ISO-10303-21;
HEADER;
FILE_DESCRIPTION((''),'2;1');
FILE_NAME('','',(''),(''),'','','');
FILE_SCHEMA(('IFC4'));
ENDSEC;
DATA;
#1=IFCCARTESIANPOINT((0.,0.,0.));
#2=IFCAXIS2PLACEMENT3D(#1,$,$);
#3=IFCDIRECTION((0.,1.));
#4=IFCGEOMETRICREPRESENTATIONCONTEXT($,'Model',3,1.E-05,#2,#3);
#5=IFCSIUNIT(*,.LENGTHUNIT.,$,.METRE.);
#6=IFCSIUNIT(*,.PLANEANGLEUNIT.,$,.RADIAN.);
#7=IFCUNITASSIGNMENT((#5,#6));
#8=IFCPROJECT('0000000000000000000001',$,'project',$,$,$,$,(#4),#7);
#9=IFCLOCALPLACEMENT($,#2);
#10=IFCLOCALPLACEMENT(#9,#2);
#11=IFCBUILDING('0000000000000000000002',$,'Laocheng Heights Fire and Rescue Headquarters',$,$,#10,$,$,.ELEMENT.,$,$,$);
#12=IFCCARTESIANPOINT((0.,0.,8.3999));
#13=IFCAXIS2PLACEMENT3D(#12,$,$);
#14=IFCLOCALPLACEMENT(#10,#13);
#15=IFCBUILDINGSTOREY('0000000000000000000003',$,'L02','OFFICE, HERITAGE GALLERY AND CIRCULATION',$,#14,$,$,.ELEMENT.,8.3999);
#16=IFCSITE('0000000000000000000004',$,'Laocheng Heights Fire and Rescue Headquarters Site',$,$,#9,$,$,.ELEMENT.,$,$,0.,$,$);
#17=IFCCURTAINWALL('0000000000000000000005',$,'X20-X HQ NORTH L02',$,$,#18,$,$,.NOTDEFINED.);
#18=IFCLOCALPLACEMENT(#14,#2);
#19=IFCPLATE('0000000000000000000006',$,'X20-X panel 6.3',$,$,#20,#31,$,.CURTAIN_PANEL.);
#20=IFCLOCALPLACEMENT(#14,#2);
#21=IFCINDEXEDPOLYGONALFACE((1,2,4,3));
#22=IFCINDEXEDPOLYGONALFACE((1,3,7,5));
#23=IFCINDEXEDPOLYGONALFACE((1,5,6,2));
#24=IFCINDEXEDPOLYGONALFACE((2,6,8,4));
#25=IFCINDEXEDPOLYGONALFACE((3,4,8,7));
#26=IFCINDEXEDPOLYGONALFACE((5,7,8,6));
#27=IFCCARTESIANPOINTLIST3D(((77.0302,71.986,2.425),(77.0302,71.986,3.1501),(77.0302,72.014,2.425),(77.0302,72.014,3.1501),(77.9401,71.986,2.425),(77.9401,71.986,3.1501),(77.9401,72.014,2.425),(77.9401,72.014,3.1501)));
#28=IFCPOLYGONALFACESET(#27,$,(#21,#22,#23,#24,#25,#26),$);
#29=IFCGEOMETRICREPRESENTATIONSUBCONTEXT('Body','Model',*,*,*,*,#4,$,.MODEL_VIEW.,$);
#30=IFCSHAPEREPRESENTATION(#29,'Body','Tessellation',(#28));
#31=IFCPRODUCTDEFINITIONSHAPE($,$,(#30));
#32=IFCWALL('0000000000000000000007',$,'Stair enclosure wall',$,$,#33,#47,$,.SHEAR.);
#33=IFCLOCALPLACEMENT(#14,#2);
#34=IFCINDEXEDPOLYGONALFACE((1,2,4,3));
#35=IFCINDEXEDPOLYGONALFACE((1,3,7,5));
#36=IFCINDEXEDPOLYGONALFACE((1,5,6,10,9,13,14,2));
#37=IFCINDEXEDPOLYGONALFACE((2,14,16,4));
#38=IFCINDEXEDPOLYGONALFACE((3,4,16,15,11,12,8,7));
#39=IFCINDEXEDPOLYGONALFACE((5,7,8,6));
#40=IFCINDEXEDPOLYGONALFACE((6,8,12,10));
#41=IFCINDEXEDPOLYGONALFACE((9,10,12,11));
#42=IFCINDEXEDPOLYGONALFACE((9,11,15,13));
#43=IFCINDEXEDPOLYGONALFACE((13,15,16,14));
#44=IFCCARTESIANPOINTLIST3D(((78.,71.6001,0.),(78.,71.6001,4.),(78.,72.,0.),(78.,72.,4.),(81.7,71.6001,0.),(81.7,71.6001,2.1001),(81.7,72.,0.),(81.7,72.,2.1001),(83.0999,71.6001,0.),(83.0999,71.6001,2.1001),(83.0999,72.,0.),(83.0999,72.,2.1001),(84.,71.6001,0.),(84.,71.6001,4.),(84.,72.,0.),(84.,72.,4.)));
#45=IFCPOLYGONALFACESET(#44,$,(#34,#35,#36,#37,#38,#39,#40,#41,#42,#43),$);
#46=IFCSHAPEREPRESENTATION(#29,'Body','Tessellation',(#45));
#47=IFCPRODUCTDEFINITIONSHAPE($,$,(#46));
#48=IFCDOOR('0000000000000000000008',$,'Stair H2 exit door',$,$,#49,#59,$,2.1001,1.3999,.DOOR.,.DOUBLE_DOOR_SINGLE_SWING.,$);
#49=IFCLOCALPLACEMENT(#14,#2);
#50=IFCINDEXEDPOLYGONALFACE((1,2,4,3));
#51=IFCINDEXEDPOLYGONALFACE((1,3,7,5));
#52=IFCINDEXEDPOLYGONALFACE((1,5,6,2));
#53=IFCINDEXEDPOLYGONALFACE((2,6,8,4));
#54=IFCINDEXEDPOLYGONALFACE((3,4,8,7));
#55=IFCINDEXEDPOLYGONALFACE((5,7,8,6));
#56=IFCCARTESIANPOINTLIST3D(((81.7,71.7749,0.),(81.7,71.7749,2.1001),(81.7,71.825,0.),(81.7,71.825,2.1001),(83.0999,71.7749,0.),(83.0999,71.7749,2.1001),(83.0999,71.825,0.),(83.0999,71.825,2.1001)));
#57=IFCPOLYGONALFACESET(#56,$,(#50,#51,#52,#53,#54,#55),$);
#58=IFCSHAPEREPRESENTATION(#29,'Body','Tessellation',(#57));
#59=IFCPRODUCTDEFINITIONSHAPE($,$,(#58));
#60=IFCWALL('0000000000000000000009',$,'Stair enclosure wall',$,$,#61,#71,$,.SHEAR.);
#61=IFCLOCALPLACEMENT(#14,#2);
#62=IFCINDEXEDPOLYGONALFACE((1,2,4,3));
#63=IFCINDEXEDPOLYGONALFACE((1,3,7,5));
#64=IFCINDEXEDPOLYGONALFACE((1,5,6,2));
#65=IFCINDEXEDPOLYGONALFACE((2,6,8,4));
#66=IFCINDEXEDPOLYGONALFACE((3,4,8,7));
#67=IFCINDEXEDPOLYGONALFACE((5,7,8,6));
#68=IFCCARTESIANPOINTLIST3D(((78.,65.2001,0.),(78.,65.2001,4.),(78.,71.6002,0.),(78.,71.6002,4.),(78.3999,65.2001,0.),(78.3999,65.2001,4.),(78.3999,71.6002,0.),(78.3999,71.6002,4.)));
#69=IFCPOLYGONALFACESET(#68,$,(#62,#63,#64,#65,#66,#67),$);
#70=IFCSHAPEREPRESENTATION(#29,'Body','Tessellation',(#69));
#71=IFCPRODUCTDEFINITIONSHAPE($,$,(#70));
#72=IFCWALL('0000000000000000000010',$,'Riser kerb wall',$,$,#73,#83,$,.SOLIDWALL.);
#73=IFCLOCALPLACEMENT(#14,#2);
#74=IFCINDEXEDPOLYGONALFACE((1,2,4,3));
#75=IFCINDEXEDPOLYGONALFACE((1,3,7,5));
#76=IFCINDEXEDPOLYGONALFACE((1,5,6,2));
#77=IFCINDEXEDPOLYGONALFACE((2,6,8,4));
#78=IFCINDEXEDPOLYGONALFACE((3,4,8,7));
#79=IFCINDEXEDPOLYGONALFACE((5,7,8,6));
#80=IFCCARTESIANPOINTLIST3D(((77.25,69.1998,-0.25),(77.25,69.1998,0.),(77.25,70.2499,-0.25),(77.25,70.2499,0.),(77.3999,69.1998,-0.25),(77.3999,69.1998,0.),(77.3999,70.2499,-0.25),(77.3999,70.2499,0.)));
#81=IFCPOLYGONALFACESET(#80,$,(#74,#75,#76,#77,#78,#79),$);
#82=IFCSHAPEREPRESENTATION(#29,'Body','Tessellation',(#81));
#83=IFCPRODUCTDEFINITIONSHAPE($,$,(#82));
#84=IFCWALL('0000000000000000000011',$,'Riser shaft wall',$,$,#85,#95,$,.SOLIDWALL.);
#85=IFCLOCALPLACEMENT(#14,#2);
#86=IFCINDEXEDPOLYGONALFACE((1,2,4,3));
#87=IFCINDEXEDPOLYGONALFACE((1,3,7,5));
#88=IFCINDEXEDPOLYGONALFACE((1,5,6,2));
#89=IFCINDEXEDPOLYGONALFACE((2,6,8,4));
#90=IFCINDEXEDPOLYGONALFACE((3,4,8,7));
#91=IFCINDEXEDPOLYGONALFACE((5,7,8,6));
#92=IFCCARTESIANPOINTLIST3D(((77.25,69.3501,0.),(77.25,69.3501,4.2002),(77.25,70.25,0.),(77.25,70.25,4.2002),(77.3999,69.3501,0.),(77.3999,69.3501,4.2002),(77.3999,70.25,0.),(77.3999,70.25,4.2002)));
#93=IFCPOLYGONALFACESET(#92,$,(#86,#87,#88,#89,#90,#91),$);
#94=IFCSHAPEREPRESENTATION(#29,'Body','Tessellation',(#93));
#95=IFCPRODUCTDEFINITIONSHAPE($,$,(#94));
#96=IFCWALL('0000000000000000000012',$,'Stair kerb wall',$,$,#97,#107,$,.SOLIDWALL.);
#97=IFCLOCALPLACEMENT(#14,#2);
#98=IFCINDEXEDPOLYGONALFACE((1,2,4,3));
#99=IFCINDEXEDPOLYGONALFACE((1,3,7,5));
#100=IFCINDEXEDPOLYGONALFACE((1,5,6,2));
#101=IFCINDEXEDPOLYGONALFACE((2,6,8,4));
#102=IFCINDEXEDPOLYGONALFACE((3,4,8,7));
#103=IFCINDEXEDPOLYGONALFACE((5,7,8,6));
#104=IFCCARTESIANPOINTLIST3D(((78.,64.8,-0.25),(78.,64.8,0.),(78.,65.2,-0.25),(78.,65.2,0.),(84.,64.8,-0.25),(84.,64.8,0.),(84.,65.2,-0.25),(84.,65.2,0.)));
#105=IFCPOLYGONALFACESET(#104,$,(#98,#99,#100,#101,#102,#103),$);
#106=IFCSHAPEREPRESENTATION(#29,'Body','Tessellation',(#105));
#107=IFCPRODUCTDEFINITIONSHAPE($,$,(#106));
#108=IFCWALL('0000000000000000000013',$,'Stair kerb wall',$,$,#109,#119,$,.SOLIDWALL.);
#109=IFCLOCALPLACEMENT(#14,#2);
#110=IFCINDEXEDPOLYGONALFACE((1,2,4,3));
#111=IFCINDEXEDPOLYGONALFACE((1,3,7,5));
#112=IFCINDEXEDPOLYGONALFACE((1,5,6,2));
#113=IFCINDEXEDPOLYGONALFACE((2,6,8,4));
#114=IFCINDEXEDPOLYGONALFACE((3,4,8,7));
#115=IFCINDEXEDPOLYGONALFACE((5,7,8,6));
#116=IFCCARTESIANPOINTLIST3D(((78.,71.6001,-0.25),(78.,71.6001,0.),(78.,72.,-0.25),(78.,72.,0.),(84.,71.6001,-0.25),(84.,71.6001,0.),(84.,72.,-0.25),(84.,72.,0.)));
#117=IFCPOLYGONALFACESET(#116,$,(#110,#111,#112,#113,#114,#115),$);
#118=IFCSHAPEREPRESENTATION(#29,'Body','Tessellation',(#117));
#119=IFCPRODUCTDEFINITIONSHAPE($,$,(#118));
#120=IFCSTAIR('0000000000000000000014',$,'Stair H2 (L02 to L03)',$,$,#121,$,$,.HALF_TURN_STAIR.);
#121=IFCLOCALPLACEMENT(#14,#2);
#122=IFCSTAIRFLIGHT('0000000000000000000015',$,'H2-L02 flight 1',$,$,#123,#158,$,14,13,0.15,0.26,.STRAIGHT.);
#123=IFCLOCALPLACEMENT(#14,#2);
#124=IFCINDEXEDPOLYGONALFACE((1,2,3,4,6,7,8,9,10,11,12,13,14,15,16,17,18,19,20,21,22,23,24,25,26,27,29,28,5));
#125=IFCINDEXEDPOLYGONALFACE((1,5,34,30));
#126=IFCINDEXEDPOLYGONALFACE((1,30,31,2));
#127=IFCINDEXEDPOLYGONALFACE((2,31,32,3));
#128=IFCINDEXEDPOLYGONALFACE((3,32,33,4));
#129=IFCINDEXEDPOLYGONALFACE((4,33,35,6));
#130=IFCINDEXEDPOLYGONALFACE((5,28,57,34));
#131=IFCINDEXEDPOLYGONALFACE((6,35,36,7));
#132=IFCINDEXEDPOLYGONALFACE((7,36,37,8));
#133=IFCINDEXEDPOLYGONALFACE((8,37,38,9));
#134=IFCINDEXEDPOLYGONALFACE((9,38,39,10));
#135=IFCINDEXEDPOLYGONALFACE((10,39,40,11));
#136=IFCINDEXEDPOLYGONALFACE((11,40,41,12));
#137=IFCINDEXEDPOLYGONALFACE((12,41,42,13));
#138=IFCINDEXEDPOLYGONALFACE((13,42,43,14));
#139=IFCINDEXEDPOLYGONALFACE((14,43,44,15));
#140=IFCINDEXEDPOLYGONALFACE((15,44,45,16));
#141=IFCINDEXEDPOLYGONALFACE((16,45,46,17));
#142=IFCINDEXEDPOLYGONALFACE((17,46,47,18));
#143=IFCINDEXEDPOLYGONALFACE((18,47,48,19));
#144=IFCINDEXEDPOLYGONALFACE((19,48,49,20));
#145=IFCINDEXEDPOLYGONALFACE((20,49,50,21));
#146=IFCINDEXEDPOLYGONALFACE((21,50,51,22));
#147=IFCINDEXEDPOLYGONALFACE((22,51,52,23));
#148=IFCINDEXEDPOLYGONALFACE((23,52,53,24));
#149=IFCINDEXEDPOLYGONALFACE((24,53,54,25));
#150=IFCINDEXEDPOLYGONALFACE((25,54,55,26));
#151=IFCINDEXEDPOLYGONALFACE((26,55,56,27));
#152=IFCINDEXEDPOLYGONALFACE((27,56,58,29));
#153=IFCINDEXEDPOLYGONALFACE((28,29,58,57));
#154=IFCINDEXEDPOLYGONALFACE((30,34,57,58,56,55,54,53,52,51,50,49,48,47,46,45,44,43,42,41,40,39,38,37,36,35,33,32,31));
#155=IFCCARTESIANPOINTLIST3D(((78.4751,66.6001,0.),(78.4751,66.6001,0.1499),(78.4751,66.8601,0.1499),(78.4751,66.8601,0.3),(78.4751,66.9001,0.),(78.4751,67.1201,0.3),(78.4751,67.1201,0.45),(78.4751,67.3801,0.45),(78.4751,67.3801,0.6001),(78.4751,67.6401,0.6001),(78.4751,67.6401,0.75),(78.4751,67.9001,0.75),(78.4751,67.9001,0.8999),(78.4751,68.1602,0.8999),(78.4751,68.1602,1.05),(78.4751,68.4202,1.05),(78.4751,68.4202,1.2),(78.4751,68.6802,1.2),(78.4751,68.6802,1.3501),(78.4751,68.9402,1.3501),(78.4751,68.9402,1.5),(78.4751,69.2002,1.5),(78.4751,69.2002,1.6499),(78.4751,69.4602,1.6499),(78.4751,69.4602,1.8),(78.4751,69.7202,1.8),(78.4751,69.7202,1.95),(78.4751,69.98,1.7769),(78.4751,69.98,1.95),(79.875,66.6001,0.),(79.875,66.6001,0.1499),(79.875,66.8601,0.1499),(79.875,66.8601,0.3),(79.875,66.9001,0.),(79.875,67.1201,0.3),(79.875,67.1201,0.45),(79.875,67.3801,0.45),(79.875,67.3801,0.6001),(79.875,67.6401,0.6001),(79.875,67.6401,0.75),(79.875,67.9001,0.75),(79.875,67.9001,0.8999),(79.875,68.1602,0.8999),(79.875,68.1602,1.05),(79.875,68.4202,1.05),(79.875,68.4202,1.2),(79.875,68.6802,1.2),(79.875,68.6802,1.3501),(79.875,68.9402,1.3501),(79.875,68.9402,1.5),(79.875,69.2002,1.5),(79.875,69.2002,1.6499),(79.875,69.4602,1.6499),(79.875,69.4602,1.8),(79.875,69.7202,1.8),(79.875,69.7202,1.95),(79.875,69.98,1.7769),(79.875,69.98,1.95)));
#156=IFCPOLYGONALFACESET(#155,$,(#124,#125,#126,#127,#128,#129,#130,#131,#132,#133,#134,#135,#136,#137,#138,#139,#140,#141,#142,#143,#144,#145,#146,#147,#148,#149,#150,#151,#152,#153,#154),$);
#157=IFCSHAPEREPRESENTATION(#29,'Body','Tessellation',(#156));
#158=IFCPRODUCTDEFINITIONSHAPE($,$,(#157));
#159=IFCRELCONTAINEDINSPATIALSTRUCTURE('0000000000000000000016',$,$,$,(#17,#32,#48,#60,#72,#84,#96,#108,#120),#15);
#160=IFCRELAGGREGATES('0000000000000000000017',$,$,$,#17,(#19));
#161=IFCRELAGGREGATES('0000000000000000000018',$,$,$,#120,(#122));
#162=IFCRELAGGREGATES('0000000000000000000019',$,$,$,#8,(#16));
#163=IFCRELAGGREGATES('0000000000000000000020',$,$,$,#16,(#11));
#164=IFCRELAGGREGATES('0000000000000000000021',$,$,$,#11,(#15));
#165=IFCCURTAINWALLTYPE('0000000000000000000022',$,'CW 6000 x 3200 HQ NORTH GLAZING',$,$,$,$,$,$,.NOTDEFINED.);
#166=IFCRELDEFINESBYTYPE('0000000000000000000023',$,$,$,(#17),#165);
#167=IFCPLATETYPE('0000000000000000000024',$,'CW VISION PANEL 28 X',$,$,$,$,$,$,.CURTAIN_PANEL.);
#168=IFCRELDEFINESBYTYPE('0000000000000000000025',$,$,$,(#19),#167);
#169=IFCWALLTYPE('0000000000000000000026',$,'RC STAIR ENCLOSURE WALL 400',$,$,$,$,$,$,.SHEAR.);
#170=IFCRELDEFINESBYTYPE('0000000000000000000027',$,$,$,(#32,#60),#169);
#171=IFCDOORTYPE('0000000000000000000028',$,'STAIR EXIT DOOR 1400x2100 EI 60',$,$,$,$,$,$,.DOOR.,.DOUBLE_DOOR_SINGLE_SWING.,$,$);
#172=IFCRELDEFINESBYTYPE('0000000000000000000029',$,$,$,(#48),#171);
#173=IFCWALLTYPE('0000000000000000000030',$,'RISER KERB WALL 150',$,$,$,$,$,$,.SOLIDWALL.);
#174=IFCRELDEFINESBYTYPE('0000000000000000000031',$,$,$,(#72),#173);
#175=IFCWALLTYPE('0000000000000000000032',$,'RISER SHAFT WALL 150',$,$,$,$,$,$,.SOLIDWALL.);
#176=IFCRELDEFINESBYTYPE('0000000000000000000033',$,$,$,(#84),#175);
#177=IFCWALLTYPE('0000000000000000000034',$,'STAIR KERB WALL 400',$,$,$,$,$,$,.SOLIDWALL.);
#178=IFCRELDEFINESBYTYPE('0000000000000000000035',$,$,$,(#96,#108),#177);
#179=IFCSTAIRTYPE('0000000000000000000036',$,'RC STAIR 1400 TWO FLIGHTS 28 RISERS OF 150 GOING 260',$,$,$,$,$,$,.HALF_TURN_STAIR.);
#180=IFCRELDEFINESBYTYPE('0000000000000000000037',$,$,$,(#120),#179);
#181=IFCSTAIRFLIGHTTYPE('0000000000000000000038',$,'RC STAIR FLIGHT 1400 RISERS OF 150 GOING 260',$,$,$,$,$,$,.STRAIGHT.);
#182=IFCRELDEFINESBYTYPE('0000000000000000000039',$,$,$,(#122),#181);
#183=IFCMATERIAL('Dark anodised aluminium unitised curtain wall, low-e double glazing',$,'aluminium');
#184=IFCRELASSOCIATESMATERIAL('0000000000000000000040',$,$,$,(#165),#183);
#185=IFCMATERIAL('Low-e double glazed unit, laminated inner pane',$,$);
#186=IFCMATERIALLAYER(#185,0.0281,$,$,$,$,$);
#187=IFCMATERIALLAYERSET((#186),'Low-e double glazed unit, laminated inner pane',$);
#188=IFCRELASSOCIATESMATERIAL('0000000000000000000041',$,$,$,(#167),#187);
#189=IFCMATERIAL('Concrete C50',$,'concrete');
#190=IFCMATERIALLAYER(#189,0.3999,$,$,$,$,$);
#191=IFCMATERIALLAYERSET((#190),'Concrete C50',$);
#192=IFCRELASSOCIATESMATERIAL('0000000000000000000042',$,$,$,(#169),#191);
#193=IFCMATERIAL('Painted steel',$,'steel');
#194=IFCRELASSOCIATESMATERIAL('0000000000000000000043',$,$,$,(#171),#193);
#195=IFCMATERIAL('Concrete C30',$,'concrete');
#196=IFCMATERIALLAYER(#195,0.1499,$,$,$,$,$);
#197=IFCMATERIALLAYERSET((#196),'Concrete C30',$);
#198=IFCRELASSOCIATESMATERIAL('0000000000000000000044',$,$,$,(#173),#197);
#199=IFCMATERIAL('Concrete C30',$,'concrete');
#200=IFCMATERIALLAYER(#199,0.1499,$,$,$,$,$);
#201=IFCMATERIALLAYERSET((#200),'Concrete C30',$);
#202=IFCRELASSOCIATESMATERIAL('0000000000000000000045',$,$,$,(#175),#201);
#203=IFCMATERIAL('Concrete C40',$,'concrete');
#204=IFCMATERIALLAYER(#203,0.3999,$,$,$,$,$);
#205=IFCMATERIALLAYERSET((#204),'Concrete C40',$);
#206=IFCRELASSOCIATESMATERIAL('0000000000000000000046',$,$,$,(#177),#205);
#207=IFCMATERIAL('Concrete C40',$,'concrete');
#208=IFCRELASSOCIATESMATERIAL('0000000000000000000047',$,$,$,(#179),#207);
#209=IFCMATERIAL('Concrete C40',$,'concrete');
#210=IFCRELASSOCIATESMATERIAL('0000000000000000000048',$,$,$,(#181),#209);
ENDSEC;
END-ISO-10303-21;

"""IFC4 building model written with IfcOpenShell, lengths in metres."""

from ifc_helpers import new_model, si_unit, direction, frame, frame_2d, origin, origin_2d, place, context, subcontext, project, spatial, polyline, rectangle, outline, extrude, material, layer, layer_set, type_object, element, fill, aggregate, save


model = new_model("IFC4")

# Units and contexts
model_context = context("Model", 3, precision=1e-05, world=origin(), true_north=direction((0.0, 1.0)))
body_context = subcontext(model_context, "Body", "Model", "MODEL_VIEW")
ifc_project = project(units=[si_unit("LENGTHUNIT", "METRE"), si_unit("PLANEANGLEUNIT", "RADIAN")], contexts=[model_context])

# Site, building, storey
site_placement = place(None, origin())
site = spatial("IfcSite", under=ifc_project, at=site_placement, Name="Laocheng Heights Fire and Rescue Headquarters Site", CompositionType="ELEMENT", RefElevation=0.0)
building_placement = place(site_placement, origin())
building = spatial("IfcBuilding", under=site, at=building_placement, Name="Laocheng Heights Fire and Rescue Headquarters", CompositionType="ELEMENT")
storey_placement = place(building_placement, frame((0.0, 0.0, 8.3999)))
storey = spatial("IfcBuildingStorey", under=building, at=storey_placement, Name="L02", Description="OFFICE, HERITAGE GALLERY AND CIRCULATION", CompositionType="ELEMENT", Elevation=8.3999)

# Curtain wall, plate
ifc_material_1 = material(Name="Dark anodised aluminium unitised curtain wall, low-e double glazing", Category="aluminium")
curtain_wall_type = type_object("IfcCurtainWallType", Name="CW 6000 x 3200 HQ NORTH GLAZING", PredefinedType="NOTDEFINED", material=ifc_material_1)
curtain_wall_placement = place(storey_placement, origin())
curtain_wall = element("IfcCurtainWall", 1, at=curtain_wall_placement, inside=storey, type_object=curtain_wall_type, Name="X20-X HQ NORTH L02", PredefinedType="NOTDEFINED")
ifc_material_2 = material(Name="Low-e double glazed unit, laminated inner pane")
ifc_layer_1 = layer(ifc_material_2, 0.0281)
ifc_layer_set_1 = layer_set([ifc_layer_1], Name="Low-e double glazed unit, laminated inner pane")
plate_type_1 = type_object("IfcPlateType", Name="CW VISION PANEL 28 X", PredefinedType="CURTAIN_PANEL", material=ifc_layer_set_1)
plate_1_placement = place(storey_placement, frame((77.4851, 72.0, 2.425), z_axis=(0.0, 0.0, 1.0), x_axis=(1.0, 0.0, 0.0)))
plate_1 = element("IfcPlate", 2, at=plate_1_placement, type_object=plate_type_1, Name="X20-X panel 6.3", PredefinedType="CURTAIN_PANEL", context=body_context, shape_type="SweptSolid", body=[
    extrude(rectangle(XDim=0.9099, YDim=0.0281, at=origin_2d()), origin(), (0.0, 0.0, 1.0), 0.7251),
])
aggregate(curtain_wall, [plate_1])

# Wall, opening, door
ifc_material_3 = material(Name="Concrete C50", Category="concrete")
ifc_layer_2 = layer(ifc_material_3, 0.3999)
ifc_layer_set_2 = layer_set([ifc_layer_2], Name="Concrete C50")
wall_type_1 = type_object("IfcWallType", Name="RC STAIR ENCLOSURE WALL 400", PredefinedType="SHEAR", material=ifc_layer_set_2)
wall_1_placement = place(storey_placement, frame((78.0, 71.8, 0.0), z_axis=(0.0, 0.0, 1.0), x_axis=(1.0, 0.0, 0.0)))
wall_1 = element("IfcWall", 3, at=wall_1_placement, inside=storey, type_object=wall_type_1, Name="Stair enclosure wall", PredefinedType="SHEAR", context=body_context, shape_type="SweptSolid", body=[
    extrude(rectangle(XDim=6.0, YDim=0.3999, at=frame_2d((3.0, 0.0))), origin(), (0.0, 0.0, 1.0), 4.0),
])
opening_placement = place(wall_1_placement, frame((3.7, 0.0, 0.0)))
opening = element("IfcOpeningElement", 4, at=opening_placement, cuts=wall_1, PredefinedType="OPENING", context=body_context, shape_type="SweptSolid", body=[
    extrude(rectangle(XDim=1.3999, YDim=2.1001, at=frame_2d((0.7, 1.05))), frame((0.0, 0.21, 0.0), z_axis=(0.0, -1.0, 0.0), x_axis=(1.0, 0.0, 0.0)), (0.0, 0.0, 1.0), 0.4199),
])
ifc_material_4 = material(Name="Painted steel", Category="steel")
door_type = type_object("IfcDoorType", Name="STAIR EXIT DOOR 1400x2100 EI 60", OperationType="DOUBLE_DOOR_SINGLE_SWING", PredefinedType="DOOR", material=ifc_material_4)
door_placement = place(opening_placement, origin())
door = element("IfcDoor", 5, at=door_placement, inside=storey, type_object=door_type, Name="Stair H2 exit door", OperationType="DOUBLE_DOOR_SINGLE_SWING", OverallHeight=2.1001, OverallWidth=1.3999, PredefinedType="DOOR", context=body_context, shape_type="SweptSolid", body=[
    extrude(rectangle(XDim=1.3999, YDim=2.1001, at=frame_2d((0.7, 1.05))), frame((0.0, 0.0249, 0.0), z_axis=(0.0, -1.0, 0.0), x_axis=(1.0, 0.0, 0.0)), (0.0, 0.0, 1.0), 0.05),
])
fill(opening, door)

# Walls
wall_2_placement = place(storey_placement, frame((78.2, 65.2, 0.0), z_axis=(0.0, 0.0, 1.0), x_axis=(0.0, 1.0, 0.0)))
element("IfcWall", 6, at=wall_2_placement, inside=storey, type_object=wall_type_1, Name="Stair enclosure wall", PredefinedType="SHEAR", context=body_context, shape_type="SweptSolid", body=[
    extrude(rectangle(XDim=6.4001, YDim=0.3999, at=frame_2d((3.2002, 0.0))), origin(), (0.0, 0.0, 1.0), 4.0),
])
ifc_material_5 = material(Name="Concrete C30", Category="concrete")
ifc_layer_3 = layer(ifc_material_5, 0.1499)
ifc_layer_set_3 = layer_set([ifc_layer_3], Name="Concrete C30")
wall_type_2 = type_object("IfcWallType", Name="RISER KERB WALL 150", PredefinedType="SOLIDWALL", material=ifc_layer_set_3)
wall_3_placement = place(storey_placement, frame((77.325, 69.2, -0.25), z_axis=(0.0, 0.0, 1.0), x_axis=(0.0, 1.0, 0.0)))
element("IfcWall", 7, at=wall_3_placement, inside=storey, type_object=wall_type_2, Name="Riser kerb wall", PredefinedType="SOLIDWALL", context=body_context, shape_type="SweptSolid", body=[
    extrude(rectangle(XDim=1.05, YDim=0.1499, at=frame_2d((0.5249, 0.0))), origin(), (0.0, 0.0, 1.0), 0.25),
])
ifc_material_6 = material(Name="Concrete C30", Category="concrete")
ifc_layer_4 = layer(ifc_material_6, 0.1499)
ifc_layer_set_4 = layer_set([ifc_layer_4], Name="Concrete C30")
wall_type_3 = type_object("IfcWallType", Name="RISER SHAFT WALL 150", PredefinedType="SOLIDWALL", material=ifc_layer_set_4)
wall_4_placement = place(storey_placement, frame((77.325, 69.3501, 0.0), z_axis=(0.0, 0.0, 1.0), x_axis=(0.0, 1.0, 0.0)))
element("IfcWall", 8, at=wall_4_placement, inside=storey, type_object=wall_type_3, Name="Riser shaft wall", PredefinedType="SOLIDWALL", context=body_context, shape_type="SweptSolid", body=[
    extrude(rectangle(XDim=0.8999, YDim=0.1499, at=frame_2d((0.45, 0.0))), origin(), (0.0, 0.0, 1.0), 4.2002),
])
ifc_material_7 = material(Name="Concrete C40", Category="concrete")
ifc_layer_5 = layer(ifc_material_7, 0.3999)
ifc_layer_set_5 = layer_set([ifc_layer_5], Name="Concrete C40")
wall_type_4 = type_object("IfcWallType", Name="STAIR KERB WALL 400", PredefinedType="SOLIDWALL", material=ifc_layer_set_5)
for number, where, z_axis, x_axis, name in (
    (9, (78.0, 65.0, -0.25), (0.0, 0.0, 1.0), (1.0, 0.0, 0.0), "Stair kerb wall"),
    (10, (78.0, 71.8, -0.25), (0.0, 0.0, 1.0), (1.0, 0.0, 0.0), "Stair kerb wall"),
):
    element("IfcWall", number, at=place(storey_placement, frame(where, z_axis=z_axis, x_axis=x_axis)), inside=storey, type_object=wall_type_4, Name=name, PredefinedType="SOLIDWALL", context=body_context, shape_type="SweptSolid", body=[
        extrude(rectangle(XDim=6.0, YDim=0.3999, at=frame_2d((3.0, 0.0))), origin(), (0.0, 0.0, 1.0), 0.25),
    ])

# Stair, stair flight
ifc_material_8 = material(Name="Concrete C40", Category="concrete")
stair_type = type_object("IfcStairType", Name="RC STAIR 1400 TWO FLIGHTS 28 RISERS OF 150 GOING 260", PredefinedType="HALF_TURN_STAIR", material=ifc_material_8)
stair_placement = place(storey_placement, origin())
stair = element("IfcStair", 11, at=stair_placement, inside=storey, type_object=stair_type, Name="Stair H2 (L02 to L03)", PredefinedType="HALF_TURN_STAIR")
ifc_material_9 = material(Name="Concrete C40", Category="concrete")
stair_flight_type = type_object("IfcStairFlightType", Name="RC STAIR FLIGHT 1400 RISERS OF 150 GOING 260", PredefinedType="STRAIGHT", material=ifc_material_9)
stair_flight_1_placement = place(storey_placement, frame((79.175, 66.6001, 0.0), z_axis=(0.0, 0.0, 1.0), x_axis=(0.0, 1.0, 0.0)))
stair_flight_1 = element("IfcStairFlight", 12, at=stair_flight_1_placement, type_object=stair_flight_type, Name="H2-L02 flight 1", NumberOfRisers=14, NumberOfTreads=13, PredefinedType="STRAIGHT", RiserHeight=0.15, TreadLength=0.26, context=body_context, shape_type="SweptSolid", body=[
    extrude(outline(polyline([(0.0, 0.0), (0.0, 0.1499), (0.26, 0.1499), (0.26, 0.3), (0.52, 0.3), (0.52, 0.45), (0.78, 0.45), (0.78, 0.6001), (1.04, 0.6001), (1.04, 0.75), (1.3, 0.75), (1.3, 0.8999), (1.5601, 0.8999), (1.5601, 1.05), (1.8201, 1.05), (1.8201, 1.2), (2.0801, 1.2), (2.0801, 1.3501), (2.3401, 1.3501), (2.3401, 1.5), (2.6001, 1.5), (2.6001, 1.6499), (2.8601, 1.6499), (2.8601, 1.8), (3.1201, 1.8), (3.1201, 1.95), (3.3799, 1.95), (3.3799, 2.1001), (3.3799, 1.7769), (0.3, 0.0), (0.0, 0.0)])), frame((0.0, 0.7, 0.0), z_axis=(0.0, -1.0, 0.0), x_axis=(1.0, 0.0, 0.0)), (0.0, 0.0, 1.0), 1.3999),
])
aggregate(stair, [stair_flight_1])

save(model, "model.ifc")
